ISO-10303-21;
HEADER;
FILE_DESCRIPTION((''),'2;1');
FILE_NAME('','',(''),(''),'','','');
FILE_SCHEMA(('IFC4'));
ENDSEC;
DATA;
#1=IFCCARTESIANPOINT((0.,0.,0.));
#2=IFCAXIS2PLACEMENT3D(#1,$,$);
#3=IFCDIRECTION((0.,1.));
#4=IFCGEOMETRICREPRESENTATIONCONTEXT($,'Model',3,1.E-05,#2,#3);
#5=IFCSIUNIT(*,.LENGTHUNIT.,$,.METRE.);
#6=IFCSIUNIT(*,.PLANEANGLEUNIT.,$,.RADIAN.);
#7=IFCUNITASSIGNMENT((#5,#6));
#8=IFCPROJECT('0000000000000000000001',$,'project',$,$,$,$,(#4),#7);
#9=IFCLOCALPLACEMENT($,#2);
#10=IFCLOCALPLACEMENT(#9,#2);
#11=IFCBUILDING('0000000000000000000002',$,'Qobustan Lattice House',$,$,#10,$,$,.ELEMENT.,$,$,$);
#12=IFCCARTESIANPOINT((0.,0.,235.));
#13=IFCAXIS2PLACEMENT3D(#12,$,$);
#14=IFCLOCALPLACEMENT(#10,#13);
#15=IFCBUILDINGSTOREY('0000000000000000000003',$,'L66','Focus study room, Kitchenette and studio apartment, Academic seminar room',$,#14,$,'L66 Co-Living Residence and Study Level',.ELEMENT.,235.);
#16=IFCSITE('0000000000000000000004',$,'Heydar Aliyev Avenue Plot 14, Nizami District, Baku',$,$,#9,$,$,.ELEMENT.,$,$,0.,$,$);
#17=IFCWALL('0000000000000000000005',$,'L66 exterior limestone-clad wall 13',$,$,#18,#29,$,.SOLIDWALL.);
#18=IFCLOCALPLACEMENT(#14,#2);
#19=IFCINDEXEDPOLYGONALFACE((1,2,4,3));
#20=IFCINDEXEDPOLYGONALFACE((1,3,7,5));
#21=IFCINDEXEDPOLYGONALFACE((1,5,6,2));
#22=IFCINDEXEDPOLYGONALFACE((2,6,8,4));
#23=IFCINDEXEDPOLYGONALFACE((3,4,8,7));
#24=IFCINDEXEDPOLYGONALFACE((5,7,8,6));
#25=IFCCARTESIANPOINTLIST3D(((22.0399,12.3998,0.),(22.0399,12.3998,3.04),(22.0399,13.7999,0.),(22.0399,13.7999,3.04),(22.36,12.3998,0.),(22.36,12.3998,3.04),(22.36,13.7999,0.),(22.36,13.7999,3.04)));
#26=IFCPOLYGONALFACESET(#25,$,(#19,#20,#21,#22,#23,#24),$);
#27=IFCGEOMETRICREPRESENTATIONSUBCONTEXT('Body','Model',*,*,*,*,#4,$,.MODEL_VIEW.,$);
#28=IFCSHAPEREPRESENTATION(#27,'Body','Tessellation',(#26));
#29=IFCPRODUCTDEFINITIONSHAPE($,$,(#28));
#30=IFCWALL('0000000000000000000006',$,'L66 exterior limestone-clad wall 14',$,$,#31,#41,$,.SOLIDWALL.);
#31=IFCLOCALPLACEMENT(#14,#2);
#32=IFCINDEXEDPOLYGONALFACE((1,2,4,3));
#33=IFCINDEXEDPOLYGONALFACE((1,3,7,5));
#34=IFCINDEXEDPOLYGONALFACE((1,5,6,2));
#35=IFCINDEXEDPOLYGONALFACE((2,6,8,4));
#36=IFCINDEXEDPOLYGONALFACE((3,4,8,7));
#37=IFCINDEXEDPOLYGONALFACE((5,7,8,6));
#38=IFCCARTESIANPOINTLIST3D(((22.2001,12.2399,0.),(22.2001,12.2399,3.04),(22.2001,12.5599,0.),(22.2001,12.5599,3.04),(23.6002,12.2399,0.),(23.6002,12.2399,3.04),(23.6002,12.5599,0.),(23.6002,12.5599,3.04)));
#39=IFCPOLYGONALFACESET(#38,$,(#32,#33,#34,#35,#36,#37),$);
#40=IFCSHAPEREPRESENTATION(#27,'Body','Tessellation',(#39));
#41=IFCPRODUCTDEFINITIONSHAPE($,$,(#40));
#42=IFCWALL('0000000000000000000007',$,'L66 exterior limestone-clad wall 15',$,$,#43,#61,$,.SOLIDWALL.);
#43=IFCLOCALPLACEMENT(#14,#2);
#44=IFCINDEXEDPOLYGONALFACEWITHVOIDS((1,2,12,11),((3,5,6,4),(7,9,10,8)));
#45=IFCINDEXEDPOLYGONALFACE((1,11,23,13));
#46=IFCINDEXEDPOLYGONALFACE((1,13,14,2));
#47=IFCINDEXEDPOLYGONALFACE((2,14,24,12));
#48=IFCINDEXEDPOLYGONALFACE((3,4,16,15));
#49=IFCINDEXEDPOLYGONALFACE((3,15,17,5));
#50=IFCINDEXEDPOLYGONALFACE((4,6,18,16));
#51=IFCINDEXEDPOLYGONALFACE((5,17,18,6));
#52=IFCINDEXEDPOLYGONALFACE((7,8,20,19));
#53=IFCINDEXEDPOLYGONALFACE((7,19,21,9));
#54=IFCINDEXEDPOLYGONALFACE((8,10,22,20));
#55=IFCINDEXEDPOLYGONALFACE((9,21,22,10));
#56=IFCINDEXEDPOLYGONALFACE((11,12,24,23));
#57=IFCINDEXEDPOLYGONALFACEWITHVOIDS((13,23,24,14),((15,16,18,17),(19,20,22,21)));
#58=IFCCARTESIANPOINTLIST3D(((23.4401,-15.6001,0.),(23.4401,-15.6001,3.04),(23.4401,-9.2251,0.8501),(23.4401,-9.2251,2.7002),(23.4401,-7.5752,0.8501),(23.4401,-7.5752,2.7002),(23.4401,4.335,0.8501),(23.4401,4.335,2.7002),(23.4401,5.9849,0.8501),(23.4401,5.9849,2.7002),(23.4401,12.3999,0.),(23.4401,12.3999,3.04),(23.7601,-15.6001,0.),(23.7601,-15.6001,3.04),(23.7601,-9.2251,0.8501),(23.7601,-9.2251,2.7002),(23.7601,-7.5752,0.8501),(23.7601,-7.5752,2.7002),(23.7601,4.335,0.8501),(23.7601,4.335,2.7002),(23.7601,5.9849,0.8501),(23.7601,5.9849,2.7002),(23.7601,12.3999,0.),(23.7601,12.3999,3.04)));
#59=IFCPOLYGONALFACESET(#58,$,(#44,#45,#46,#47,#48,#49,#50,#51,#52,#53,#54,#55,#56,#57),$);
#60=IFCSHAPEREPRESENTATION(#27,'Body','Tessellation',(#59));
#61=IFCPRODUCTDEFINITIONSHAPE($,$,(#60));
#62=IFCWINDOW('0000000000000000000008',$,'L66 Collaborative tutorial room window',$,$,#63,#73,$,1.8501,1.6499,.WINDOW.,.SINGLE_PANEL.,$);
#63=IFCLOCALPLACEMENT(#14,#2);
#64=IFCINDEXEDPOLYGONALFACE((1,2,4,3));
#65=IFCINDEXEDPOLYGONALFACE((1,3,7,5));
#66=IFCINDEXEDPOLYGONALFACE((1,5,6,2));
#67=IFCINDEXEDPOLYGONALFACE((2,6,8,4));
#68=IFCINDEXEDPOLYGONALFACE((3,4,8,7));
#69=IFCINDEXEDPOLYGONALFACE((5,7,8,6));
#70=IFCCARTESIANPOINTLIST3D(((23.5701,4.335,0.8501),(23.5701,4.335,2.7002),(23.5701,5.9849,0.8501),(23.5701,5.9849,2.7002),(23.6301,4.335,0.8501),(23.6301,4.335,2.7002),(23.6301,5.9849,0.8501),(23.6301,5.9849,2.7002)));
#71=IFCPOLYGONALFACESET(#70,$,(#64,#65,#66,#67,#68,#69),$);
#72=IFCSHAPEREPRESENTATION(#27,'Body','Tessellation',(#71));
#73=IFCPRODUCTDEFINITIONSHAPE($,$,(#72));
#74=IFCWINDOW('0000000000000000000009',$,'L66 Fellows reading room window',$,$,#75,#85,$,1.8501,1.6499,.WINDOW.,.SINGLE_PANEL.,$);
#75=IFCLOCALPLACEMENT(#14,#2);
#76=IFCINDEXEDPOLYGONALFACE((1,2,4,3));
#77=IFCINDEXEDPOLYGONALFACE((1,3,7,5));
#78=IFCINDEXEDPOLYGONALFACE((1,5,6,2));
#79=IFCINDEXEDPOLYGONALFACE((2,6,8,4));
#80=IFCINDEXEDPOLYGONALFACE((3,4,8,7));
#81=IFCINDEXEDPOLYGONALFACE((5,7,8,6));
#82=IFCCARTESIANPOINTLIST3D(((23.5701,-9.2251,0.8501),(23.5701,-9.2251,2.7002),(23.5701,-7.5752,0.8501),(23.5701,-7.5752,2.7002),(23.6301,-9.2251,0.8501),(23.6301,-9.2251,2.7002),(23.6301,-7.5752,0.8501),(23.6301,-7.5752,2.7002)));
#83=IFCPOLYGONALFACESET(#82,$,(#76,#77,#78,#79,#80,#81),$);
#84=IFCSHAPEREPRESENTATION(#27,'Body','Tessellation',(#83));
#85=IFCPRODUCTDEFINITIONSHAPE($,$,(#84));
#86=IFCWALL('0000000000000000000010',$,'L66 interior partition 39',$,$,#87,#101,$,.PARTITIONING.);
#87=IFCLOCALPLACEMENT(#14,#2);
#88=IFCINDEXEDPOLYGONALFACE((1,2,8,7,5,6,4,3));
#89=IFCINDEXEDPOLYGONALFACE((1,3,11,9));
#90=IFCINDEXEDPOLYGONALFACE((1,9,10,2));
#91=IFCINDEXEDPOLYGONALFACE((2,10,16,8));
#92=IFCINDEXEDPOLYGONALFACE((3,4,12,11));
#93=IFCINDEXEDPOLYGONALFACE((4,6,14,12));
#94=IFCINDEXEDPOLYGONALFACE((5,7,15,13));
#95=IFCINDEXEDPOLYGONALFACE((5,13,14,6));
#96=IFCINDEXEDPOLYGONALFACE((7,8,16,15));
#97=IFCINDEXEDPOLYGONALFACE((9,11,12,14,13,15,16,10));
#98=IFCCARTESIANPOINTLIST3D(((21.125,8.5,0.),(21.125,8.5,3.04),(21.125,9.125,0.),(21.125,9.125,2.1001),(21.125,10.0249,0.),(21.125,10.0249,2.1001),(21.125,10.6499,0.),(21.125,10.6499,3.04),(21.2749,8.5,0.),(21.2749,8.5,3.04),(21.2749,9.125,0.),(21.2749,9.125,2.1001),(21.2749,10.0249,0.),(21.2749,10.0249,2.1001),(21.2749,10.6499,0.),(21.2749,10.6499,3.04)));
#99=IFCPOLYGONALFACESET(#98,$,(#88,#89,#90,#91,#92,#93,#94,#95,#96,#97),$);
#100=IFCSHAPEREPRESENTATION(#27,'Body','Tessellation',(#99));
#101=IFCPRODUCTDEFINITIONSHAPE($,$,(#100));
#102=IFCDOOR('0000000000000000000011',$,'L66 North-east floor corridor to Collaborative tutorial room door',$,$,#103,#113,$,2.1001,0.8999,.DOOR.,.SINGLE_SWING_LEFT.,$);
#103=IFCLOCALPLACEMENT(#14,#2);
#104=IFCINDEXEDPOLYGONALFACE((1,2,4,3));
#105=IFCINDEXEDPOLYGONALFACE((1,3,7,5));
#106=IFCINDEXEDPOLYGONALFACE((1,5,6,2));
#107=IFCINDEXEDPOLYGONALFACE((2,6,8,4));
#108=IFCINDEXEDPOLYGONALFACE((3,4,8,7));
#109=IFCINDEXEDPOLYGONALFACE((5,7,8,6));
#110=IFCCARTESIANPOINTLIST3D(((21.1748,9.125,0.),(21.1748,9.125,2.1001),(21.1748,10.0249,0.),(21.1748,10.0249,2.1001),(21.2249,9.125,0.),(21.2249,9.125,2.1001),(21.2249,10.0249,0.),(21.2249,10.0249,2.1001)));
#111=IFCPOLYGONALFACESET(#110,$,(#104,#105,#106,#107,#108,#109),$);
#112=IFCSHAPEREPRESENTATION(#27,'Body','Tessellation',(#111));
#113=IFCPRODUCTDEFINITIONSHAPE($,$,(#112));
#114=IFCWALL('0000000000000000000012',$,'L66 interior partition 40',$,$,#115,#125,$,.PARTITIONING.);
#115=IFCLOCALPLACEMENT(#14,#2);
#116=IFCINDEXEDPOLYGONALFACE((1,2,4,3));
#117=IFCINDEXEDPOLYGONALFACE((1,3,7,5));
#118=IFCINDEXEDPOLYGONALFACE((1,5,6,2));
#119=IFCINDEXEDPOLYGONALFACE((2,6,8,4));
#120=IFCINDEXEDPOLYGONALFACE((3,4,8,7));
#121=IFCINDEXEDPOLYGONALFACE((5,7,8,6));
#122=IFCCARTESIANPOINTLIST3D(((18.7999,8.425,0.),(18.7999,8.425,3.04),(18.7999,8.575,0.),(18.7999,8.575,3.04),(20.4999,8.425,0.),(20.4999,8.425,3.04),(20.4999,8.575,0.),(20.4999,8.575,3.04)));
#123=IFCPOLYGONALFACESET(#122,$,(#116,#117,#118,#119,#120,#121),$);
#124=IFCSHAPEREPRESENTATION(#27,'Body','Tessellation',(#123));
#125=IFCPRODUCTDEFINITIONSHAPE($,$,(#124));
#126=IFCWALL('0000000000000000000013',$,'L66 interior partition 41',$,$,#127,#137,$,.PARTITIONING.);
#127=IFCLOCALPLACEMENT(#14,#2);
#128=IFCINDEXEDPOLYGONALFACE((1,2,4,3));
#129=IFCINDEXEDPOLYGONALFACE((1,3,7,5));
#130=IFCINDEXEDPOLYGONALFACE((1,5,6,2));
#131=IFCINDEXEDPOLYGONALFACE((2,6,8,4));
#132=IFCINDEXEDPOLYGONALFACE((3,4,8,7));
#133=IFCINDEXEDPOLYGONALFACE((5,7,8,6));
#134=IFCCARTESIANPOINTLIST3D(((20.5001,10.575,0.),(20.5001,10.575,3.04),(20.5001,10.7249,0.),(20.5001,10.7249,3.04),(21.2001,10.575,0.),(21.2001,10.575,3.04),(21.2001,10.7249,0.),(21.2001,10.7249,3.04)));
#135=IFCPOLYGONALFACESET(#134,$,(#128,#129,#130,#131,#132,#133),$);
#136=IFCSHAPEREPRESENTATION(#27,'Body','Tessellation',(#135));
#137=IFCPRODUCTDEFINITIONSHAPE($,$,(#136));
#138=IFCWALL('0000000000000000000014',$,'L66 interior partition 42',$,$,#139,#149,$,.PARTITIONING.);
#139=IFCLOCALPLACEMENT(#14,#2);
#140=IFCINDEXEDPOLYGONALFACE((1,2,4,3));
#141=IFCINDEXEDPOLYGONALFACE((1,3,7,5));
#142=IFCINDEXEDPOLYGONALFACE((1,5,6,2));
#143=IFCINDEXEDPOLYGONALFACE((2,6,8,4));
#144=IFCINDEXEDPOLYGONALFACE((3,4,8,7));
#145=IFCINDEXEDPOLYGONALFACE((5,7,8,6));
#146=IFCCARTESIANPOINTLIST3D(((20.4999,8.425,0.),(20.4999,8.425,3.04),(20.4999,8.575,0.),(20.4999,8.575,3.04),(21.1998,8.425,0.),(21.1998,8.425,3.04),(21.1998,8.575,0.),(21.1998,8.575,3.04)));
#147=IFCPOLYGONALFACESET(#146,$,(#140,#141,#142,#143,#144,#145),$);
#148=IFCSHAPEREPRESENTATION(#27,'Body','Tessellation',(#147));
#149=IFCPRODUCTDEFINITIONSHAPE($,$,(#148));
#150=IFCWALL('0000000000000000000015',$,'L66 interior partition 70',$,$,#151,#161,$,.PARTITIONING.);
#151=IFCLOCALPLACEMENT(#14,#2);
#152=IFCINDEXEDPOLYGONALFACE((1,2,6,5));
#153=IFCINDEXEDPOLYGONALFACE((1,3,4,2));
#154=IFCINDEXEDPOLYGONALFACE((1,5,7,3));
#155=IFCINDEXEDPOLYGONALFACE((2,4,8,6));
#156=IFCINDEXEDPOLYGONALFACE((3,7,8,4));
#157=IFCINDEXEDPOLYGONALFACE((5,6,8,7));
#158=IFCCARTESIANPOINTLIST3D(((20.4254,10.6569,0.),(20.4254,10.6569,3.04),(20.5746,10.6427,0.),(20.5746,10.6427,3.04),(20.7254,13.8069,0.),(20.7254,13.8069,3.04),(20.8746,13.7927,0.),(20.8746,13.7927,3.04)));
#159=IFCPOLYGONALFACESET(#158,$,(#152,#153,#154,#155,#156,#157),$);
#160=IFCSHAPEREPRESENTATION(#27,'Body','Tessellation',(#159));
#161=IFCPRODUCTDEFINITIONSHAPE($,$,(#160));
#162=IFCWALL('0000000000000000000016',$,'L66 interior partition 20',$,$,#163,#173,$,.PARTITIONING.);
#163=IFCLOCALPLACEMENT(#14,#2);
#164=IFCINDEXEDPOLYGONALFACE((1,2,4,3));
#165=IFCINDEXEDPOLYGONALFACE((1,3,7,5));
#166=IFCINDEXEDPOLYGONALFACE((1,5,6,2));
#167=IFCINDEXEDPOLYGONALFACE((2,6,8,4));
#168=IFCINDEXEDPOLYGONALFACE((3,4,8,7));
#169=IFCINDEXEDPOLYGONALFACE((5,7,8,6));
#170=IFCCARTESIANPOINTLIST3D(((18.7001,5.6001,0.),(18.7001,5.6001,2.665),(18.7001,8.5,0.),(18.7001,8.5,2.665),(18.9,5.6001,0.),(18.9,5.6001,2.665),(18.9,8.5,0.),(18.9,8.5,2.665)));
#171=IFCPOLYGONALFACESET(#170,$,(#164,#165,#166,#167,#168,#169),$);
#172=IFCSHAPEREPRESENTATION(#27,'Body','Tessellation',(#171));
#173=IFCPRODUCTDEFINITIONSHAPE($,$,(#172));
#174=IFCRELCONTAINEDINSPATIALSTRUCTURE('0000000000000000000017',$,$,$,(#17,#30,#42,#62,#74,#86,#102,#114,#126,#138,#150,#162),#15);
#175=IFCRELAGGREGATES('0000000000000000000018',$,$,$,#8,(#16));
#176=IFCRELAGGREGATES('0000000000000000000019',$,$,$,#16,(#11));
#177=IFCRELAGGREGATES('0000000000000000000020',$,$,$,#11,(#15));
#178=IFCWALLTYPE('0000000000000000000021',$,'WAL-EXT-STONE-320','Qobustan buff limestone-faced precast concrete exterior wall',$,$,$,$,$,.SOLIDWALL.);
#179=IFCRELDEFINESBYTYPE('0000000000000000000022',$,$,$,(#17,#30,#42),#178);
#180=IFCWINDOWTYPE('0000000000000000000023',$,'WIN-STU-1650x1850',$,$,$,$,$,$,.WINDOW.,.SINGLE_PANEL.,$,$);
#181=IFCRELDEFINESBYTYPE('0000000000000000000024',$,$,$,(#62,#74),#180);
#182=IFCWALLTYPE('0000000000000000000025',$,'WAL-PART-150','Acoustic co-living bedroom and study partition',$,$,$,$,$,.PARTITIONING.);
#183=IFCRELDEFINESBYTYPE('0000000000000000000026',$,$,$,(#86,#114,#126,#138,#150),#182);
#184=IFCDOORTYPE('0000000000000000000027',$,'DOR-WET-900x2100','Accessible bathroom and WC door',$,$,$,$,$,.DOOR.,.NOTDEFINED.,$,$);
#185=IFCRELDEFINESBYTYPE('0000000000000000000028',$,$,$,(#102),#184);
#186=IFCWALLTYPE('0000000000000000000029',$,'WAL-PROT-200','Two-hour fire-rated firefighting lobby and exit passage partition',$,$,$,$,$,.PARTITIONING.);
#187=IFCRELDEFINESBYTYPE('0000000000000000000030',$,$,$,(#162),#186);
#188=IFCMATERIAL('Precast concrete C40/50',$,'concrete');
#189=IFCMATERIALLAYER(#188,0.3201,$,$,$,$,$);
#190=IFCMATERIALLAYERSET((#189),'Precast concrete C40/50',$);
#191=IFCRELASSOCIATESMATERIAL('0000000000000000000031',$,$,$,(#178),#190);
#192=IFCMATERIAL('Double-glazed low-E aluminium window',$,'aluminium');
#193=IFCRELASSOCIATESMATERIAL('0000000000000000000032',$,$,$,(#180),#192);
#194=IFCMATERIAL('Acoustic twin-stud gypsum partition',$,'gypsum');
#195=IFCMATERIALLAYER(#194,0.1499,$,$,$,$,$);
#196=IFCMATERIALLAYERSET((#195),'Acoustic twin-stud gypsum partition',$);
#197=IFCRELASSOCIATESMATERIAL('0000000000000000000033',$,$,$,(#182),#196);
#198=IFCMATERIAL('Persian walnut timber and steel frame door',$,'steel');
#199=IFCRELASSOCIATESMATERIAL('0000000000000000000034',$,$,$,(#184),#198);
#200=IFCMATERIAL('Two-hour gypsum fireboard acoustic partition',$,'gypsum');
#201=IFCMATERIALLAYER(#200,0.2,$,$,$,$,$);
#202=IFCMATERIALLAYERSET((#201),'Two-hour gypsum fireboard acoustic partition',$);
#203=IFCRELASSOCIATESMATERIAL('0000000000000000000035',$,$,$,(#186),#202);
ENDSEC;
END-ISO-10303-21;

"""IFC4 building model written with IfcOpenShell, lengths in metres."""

from ifc_helpers import new_model, si_unit, direction, frame, frame_2d, origin, place, context, subcontext, project, spatial, rectangle, extrude, material, layer, layer_set, type_object, element, fill, save


model = new_model("IFC4")

# Units and contexts
model_context = context("Model", 3, precision=1e-05, world=origin(), true_north=direction((0.0, 1.0)))
body_context = subcontext(model_context, "Body", "Model", "MODEL_VIEW")
ifc_project = project(units=[si_unit("LENGTHUNIT", "METRE"), si_unit("PLANEANGLEUNIT", "RADIAN")], contexts=[model_context])

# Site, building, storey
site_placement = place(None, origin())
site = spatial("IfcSite", under=ifc_project, at=site_placement, Name="Heydar Aliyev Avenue Plot 14, Nizami District, Baku", CompositionType="ELEMENT", RefElevation=0.0)
building_placement = place(site_placement, origin())
building = spatial("IfcBuilding", under=site, at=building_placement, Name="Qobustan Lattice House", CompositionType="ELEMENT")
storey_placement = place(building_placement, frame((0.0, 0.0, 235.0)))
storey = spatial("IfcBuildingStorey", under=building, at=storey_placement, Name="L66", Description="Focus study room, Kitchenette and studio apartment, Academic seminar room", LongName="L66 Co-Living Residence and Study Level", CompositionType="ELEMENT", Elevation=235.0)

# Walls
ifc_material_1 = material(Name="Precast concrete C40/50", Category="concrete")
ifc_layer_1 = layer(ifc_material_1, 0.3201)
ifc_layer_set_1 = layer_set([ifc_layer_1], Name="Precast concrete C40/50")
wall_type_1 = type_object("IfcWallType", Name="WAL-EXT-STONE-320", Description="Qobustan buff limestone-faced precast concrete exterior wall", PredefinedType="SOLIDWALL", material=ifc_layer_set_1)
for number, where, z_axis, x_axis, name in (
    (1, (22.2, 13.8, 0.0), (0.0, 0.0, 1.0), (0.0, -1.0, 0.0), "L66 exterior limestone-clad wall 13"),
    (2, (22.2, 12.3999, 0.0), (0.0, 0.0, 1.0), (1.0, 0.0, 0.0), "L66 exterior limestone-clad wall 14"),
):
    element("IfcWall", number, at=place(storey_placement, frame(where, z_axis=z_axis, x_axis=x_axis)), inside=storey, type_object=wall_type_1, Name=name, PredefinedType="SOLIDWALL", context=body_context, shape_type="SweptSolid", body=[
        extrude(rectangle(XDim=1.4001, YDim=0.3201, at=frame_2d((0.7002, 0.0))), origin(), (0.0, 0.0, 1.0), 3.04),
    ])

# Wall, openings, windows
wall_1_placement = place(storey_placement, frame((23.6001, 12.3999, 0.0), z_axis=(0.0, 0.0, 1.0), x_axis=(0.0, -1.0, 0.0)))
wall_1 = element("IfcWall", 3, at=wall_1_placement, inside=storey, type_object=wall_type_1, Name="L66 exterior limestone-clad wall 15", PredefinedType="SOLIDWALL", context=body_context, shape_type="SweptSolid", body=[
    extrude(rectangle(XDim=28.0, YDim=0.3201, at=frame_2d((14.0, 0.0))), origin(), (0.0, 0.0, 1.0), 3.04),
])
opening_1_placement = place(wall_1_placement, frame((6.415, 0.0, 0.8501)))
opening_1 = element("IfcOpeningElement", 4, at=opening_1_placement, cuts=wall_1, PredefinedType="OPENING", context=body_context, shape_type="SweptSolid", body=[
    extrude(rectangle(XDim=1.6499, YDim=1.8501, at=frame_2d((0.825, 0.925))), frame((0.0, 0.1699, 0.0), z_axis=(0.0, -1.0, 0.0), x_axis=(1.0, 0.0, 0.0)), (0.0, 0.0, 1.0), 0.3401),
])
opening_2_placement = place(wall_1_placement, frame((19.9751, 0.0, 0.8501)))
opening_2 = element("IfcOpeningElement", 5, at=opening_2_placement, cuts=wall_1, PredefinedType="OPENING", context=body_context, shape_type="SweptSolid", body=[
    extrude(rectangle(XDim=1.6499, YDim=1.8501, at=frame_2d((0.825, 0.925))), frame((0.0, 0.1699, 0.0), z_axis=(0.0, -1.0, 0.0), x_axis=(1.0, 0.0, 0.0)), (0.0, 0.0, 1.0), 0.3401),
])
ifc_material_2 = material(Name="Double-glazed low-E aluminium window", Category="aluminium")
window_type = type_object("IfcWindowType", Name="WIN-STU-1650x1850", PartitioningType="SINGLE_PANEL", PredefinedType="WINDOW", material=ifc_material_2)
window_1_placement = place(opening_1_placement, origin())
window_1 = element("IfcWindow", 6, at=window_1_placement, inside=storey, type_object=window_type, Name="L66 Collaborative tutorial room window", OverallHeight=1.8501, OverallWidth=1.6499, PartitioningType="SINGLE_PANEL", PredefinedType="WINDOW", context=body_context, shape_type="SweptSolid", body=[
    extrude(rectangle(XDim=1.6499, YDim=1.8501, at=frame_2d((0.825, 0.925))), frame((0.0, 0.03, 0.0), z_axis=(0.0, -1.0, 0.0), x_axis=(1.0, 0.0, 0.0)), (0.0, 0.0, 1.0), 0.0601),
])
fill(opening_1, window_1)
window_2_placement = place(opening_2_placement, origin())
window_2 = element("IfcWindow", 7, at=window_2_placement, inside=storey, type_object=window_type, Name="L66 Fellows reading room window", OverallHeight=1.8501, OverallWidth=1.6499, PartitioningType="SINGLE_PANEL", PredefinedType="WINDOW", context=body_context, shape_type="SweptSolid", body=[
    extrude(rectangle(XDim=1.6499, YDim=1.8501, at=frame_2d((0.825, 0.925))), frame((0.0, 0.03, 0.0), z_axis=(0.0, -1.0, 0.0), x_axis=(1.0, 0.0, 0.0)), (0.0, 0.0, 1.0), 0.0601),
])
fill(opening_2, window_2)

# Wall, opening, door
ifc_material_3 = material(Name="Acoustic twin-stud gypsum partition", Category="gypsum")
ifc_layer_2 = layer(ifc_material_3, 0.1499)
ifc_layer_set_2 = layer_set([ifc_layer_2], Name="Acoustic twin-stud gypsum partition")
wall_type_2 = type_object("IfcWallType", Name="WAL-PART-150", Description="Acoustic co-living bedroom and study partition", PredefinedType="PARTITIONING", material=ifc_layer_set_2)
wall_2_placement = place(storey_placement, frame((21.2, 10.6499, 0.0), z_axis=(0.0, 0.0, 1.0), x_axis=(0.0, -1.0, 0.0)))
wall_2 = element("IfcWall", 8, at=wall_2_placement, inside=storey, type_object=wall_type_2, Name="L66 interior partition 39", PredefinedType="PARTITIONING", context=body_context, shape_type="SweptSolid", body=[
    extrude(rectangle(XDim=2.1499, YDim=0.1499, at=frame_2d((1.075, 0.0))), origin(), (0.0, 0.0, 1.0), 3.04),
])
opening_3_placement = place(wall_2_placement, frame((0.625, 0.0, 0.0)))
opening_3 = element("IfcOpeningElement", 9, at=opening_3_placement, cuts=wall_2, PredefinedType="OPENING", context=body_context, shape_type="SweptSolid", body=[
    extrude(rectangle(XDim=0.8999, YDim=2.1001, at=frame_2d((0.45, 1.05))), frame((0.0, 0.085, 0.0), z_axis=(0.0, -1.0, 0.0), x_axis=(1.0, 0.0, 0.0)), (0.0, 0.0, 1.0), 0.1699),
])
ifc_material_4 = material(Name="Persian walnut timber and steel frame door", Category="steel")
door_type_1 = type_object("IfcDoorType", Name="DOR-WET-900x2100", Description="Accessible bathroom and WC door", OperationType="NOTDEFINED", PredefinedType="DOOR", material=ifc_material_4)
door_1_placement = place(opening_3_placement, origin())
door_1 = element("IfcDoor", 10, at=door_1_placement, inside=storey, type_object=door_type_1, Name="L66 North-east floor corridor to Collaborative tutorial room door", OperationType="SINGLE_SWING_LEFT", OverallHeight=2.1001, OverallWidth=0.8999, PredefinedType="DOOR", context=body_context, shape_type="SweptSolid", body=[
    extrude(rectangle(XDim=0.8999, YDim=2.1001, at=frame_2d((0.45, 1.05))), frame((0.0, 0.0249, 0.0), z_axis=(0.0, -1.0, 0.0), x_axis=(1.0, 0.0, 0.0)), (0.0, 0.0, 1.0), 0.05),
])
fill(opening_3, door_1)

# Walls
wall_3_placement = place(storey_placement, frame((20.5, 8.5, 0.0), z_axis=(0.0, 0.0, 1.0), x_axis=(-1.0, 0.0, 0.0)))
element("IfcWall", 11, at=wall_3_placement, inside=storey, type_object=wall_type_2, Name="L66 interior partition 40", PredefinedType="PARTITIONING", context=body_context, shape_type="SweptSolid", body=[
    extrude(rectangle(XDim=1.7, YDim=0.1499, at=frame_2d((0.8501, 0.0))), origin(), (0.0, 0.0, 1.0), 3.04),
])
for number, where, z_axis, x_axis, name in (
    (12, (20.5, 10.6499, 0.0), (0.0, 0.0, 1.0), (1.0, 0.0, 0.0), "L66 interior partition 41"),
    (13, (21.2, 8.5, 0.0), (0.0, 0.0, 1.0), (-1.0, 0.0, 0.0), "L66 interior partition 42"),
):
    element("IfcWall", number, at=place(storey_placement, frame(where, z_axis=z_axis, x_axis=x_axis)), inside=storey, type_object=wall_type_2, Name=name, PredefinedType="PARTITIONING", context=body_context, shape_type="SweptSolid", body=[
        extrude(rectangle(XDim=0.7, YDim=0.1499, at=frame_2d((0.3501, 0.0))), origin(), (0.0, 0.0, 1.0), 3.04),
    ])
wall_4_placement = place(storey_placement, frame((20.5, 10.6499, 0.0), z_axis=(0.0, 0.0, 1.0), x_axis=(0.09482, 0.995494, 0.0)))
element("IfcWall", 14, at=wall_4_placement, inside=storey, type_object=wall_type_2, Name="L66 interior partition 70", PredefinedType="PARTITIONING", context=body_context, shape_type="SweptSolid", body=[
    extrude(rectangle(XDim=3.1643, YDim=0.1499, at=frame_2d((1.582, 0.0))), origin(), (0.0, 0.0, 1.0), 3.04),
])

# Shared definitions
ifc_material_5 = material(Name="Two-hour gypsum fireboard acoustic partition", Category="gypsum")
ifc_layer_3 = layer(ifc_material_5, 0.2)
ifc_layer_set_3 = layer_set([ifc_layer_3], Name="Two-hour gypsum fireboard acoustic partition")
wall_type_3 = type_object("IfcWallType", Name="WAL-PROT-200", Description="Two-hour fire-rated firefighting lobby and exit passage partition", PredefinedType="PARTITIONING", material=ifc_layer_set_3)

# Wall
wall_5_placement = place(storey_placement, frame((18.8, 5.6001, 0.0), z_axis=(0.0, 0.0, 1.0), x_axis=(0.0, 1.0, 0.0)))
element("IfcWall", 15, at=wall_5_placement, inside=storey, type_object=wall_type_3, Name="L66 interior partition 20", PredefinedType="PARTITIONING", context=body_context, shape_type="SweptSolid", body=[
    extrude(rectangle(XDim=2.8999, YDim=0.2, at=frame_2d((1.45, 0.0))), origin(), (0.0, 0.0, 1.0), 2.665),
])

save(model, "model.ifc")
